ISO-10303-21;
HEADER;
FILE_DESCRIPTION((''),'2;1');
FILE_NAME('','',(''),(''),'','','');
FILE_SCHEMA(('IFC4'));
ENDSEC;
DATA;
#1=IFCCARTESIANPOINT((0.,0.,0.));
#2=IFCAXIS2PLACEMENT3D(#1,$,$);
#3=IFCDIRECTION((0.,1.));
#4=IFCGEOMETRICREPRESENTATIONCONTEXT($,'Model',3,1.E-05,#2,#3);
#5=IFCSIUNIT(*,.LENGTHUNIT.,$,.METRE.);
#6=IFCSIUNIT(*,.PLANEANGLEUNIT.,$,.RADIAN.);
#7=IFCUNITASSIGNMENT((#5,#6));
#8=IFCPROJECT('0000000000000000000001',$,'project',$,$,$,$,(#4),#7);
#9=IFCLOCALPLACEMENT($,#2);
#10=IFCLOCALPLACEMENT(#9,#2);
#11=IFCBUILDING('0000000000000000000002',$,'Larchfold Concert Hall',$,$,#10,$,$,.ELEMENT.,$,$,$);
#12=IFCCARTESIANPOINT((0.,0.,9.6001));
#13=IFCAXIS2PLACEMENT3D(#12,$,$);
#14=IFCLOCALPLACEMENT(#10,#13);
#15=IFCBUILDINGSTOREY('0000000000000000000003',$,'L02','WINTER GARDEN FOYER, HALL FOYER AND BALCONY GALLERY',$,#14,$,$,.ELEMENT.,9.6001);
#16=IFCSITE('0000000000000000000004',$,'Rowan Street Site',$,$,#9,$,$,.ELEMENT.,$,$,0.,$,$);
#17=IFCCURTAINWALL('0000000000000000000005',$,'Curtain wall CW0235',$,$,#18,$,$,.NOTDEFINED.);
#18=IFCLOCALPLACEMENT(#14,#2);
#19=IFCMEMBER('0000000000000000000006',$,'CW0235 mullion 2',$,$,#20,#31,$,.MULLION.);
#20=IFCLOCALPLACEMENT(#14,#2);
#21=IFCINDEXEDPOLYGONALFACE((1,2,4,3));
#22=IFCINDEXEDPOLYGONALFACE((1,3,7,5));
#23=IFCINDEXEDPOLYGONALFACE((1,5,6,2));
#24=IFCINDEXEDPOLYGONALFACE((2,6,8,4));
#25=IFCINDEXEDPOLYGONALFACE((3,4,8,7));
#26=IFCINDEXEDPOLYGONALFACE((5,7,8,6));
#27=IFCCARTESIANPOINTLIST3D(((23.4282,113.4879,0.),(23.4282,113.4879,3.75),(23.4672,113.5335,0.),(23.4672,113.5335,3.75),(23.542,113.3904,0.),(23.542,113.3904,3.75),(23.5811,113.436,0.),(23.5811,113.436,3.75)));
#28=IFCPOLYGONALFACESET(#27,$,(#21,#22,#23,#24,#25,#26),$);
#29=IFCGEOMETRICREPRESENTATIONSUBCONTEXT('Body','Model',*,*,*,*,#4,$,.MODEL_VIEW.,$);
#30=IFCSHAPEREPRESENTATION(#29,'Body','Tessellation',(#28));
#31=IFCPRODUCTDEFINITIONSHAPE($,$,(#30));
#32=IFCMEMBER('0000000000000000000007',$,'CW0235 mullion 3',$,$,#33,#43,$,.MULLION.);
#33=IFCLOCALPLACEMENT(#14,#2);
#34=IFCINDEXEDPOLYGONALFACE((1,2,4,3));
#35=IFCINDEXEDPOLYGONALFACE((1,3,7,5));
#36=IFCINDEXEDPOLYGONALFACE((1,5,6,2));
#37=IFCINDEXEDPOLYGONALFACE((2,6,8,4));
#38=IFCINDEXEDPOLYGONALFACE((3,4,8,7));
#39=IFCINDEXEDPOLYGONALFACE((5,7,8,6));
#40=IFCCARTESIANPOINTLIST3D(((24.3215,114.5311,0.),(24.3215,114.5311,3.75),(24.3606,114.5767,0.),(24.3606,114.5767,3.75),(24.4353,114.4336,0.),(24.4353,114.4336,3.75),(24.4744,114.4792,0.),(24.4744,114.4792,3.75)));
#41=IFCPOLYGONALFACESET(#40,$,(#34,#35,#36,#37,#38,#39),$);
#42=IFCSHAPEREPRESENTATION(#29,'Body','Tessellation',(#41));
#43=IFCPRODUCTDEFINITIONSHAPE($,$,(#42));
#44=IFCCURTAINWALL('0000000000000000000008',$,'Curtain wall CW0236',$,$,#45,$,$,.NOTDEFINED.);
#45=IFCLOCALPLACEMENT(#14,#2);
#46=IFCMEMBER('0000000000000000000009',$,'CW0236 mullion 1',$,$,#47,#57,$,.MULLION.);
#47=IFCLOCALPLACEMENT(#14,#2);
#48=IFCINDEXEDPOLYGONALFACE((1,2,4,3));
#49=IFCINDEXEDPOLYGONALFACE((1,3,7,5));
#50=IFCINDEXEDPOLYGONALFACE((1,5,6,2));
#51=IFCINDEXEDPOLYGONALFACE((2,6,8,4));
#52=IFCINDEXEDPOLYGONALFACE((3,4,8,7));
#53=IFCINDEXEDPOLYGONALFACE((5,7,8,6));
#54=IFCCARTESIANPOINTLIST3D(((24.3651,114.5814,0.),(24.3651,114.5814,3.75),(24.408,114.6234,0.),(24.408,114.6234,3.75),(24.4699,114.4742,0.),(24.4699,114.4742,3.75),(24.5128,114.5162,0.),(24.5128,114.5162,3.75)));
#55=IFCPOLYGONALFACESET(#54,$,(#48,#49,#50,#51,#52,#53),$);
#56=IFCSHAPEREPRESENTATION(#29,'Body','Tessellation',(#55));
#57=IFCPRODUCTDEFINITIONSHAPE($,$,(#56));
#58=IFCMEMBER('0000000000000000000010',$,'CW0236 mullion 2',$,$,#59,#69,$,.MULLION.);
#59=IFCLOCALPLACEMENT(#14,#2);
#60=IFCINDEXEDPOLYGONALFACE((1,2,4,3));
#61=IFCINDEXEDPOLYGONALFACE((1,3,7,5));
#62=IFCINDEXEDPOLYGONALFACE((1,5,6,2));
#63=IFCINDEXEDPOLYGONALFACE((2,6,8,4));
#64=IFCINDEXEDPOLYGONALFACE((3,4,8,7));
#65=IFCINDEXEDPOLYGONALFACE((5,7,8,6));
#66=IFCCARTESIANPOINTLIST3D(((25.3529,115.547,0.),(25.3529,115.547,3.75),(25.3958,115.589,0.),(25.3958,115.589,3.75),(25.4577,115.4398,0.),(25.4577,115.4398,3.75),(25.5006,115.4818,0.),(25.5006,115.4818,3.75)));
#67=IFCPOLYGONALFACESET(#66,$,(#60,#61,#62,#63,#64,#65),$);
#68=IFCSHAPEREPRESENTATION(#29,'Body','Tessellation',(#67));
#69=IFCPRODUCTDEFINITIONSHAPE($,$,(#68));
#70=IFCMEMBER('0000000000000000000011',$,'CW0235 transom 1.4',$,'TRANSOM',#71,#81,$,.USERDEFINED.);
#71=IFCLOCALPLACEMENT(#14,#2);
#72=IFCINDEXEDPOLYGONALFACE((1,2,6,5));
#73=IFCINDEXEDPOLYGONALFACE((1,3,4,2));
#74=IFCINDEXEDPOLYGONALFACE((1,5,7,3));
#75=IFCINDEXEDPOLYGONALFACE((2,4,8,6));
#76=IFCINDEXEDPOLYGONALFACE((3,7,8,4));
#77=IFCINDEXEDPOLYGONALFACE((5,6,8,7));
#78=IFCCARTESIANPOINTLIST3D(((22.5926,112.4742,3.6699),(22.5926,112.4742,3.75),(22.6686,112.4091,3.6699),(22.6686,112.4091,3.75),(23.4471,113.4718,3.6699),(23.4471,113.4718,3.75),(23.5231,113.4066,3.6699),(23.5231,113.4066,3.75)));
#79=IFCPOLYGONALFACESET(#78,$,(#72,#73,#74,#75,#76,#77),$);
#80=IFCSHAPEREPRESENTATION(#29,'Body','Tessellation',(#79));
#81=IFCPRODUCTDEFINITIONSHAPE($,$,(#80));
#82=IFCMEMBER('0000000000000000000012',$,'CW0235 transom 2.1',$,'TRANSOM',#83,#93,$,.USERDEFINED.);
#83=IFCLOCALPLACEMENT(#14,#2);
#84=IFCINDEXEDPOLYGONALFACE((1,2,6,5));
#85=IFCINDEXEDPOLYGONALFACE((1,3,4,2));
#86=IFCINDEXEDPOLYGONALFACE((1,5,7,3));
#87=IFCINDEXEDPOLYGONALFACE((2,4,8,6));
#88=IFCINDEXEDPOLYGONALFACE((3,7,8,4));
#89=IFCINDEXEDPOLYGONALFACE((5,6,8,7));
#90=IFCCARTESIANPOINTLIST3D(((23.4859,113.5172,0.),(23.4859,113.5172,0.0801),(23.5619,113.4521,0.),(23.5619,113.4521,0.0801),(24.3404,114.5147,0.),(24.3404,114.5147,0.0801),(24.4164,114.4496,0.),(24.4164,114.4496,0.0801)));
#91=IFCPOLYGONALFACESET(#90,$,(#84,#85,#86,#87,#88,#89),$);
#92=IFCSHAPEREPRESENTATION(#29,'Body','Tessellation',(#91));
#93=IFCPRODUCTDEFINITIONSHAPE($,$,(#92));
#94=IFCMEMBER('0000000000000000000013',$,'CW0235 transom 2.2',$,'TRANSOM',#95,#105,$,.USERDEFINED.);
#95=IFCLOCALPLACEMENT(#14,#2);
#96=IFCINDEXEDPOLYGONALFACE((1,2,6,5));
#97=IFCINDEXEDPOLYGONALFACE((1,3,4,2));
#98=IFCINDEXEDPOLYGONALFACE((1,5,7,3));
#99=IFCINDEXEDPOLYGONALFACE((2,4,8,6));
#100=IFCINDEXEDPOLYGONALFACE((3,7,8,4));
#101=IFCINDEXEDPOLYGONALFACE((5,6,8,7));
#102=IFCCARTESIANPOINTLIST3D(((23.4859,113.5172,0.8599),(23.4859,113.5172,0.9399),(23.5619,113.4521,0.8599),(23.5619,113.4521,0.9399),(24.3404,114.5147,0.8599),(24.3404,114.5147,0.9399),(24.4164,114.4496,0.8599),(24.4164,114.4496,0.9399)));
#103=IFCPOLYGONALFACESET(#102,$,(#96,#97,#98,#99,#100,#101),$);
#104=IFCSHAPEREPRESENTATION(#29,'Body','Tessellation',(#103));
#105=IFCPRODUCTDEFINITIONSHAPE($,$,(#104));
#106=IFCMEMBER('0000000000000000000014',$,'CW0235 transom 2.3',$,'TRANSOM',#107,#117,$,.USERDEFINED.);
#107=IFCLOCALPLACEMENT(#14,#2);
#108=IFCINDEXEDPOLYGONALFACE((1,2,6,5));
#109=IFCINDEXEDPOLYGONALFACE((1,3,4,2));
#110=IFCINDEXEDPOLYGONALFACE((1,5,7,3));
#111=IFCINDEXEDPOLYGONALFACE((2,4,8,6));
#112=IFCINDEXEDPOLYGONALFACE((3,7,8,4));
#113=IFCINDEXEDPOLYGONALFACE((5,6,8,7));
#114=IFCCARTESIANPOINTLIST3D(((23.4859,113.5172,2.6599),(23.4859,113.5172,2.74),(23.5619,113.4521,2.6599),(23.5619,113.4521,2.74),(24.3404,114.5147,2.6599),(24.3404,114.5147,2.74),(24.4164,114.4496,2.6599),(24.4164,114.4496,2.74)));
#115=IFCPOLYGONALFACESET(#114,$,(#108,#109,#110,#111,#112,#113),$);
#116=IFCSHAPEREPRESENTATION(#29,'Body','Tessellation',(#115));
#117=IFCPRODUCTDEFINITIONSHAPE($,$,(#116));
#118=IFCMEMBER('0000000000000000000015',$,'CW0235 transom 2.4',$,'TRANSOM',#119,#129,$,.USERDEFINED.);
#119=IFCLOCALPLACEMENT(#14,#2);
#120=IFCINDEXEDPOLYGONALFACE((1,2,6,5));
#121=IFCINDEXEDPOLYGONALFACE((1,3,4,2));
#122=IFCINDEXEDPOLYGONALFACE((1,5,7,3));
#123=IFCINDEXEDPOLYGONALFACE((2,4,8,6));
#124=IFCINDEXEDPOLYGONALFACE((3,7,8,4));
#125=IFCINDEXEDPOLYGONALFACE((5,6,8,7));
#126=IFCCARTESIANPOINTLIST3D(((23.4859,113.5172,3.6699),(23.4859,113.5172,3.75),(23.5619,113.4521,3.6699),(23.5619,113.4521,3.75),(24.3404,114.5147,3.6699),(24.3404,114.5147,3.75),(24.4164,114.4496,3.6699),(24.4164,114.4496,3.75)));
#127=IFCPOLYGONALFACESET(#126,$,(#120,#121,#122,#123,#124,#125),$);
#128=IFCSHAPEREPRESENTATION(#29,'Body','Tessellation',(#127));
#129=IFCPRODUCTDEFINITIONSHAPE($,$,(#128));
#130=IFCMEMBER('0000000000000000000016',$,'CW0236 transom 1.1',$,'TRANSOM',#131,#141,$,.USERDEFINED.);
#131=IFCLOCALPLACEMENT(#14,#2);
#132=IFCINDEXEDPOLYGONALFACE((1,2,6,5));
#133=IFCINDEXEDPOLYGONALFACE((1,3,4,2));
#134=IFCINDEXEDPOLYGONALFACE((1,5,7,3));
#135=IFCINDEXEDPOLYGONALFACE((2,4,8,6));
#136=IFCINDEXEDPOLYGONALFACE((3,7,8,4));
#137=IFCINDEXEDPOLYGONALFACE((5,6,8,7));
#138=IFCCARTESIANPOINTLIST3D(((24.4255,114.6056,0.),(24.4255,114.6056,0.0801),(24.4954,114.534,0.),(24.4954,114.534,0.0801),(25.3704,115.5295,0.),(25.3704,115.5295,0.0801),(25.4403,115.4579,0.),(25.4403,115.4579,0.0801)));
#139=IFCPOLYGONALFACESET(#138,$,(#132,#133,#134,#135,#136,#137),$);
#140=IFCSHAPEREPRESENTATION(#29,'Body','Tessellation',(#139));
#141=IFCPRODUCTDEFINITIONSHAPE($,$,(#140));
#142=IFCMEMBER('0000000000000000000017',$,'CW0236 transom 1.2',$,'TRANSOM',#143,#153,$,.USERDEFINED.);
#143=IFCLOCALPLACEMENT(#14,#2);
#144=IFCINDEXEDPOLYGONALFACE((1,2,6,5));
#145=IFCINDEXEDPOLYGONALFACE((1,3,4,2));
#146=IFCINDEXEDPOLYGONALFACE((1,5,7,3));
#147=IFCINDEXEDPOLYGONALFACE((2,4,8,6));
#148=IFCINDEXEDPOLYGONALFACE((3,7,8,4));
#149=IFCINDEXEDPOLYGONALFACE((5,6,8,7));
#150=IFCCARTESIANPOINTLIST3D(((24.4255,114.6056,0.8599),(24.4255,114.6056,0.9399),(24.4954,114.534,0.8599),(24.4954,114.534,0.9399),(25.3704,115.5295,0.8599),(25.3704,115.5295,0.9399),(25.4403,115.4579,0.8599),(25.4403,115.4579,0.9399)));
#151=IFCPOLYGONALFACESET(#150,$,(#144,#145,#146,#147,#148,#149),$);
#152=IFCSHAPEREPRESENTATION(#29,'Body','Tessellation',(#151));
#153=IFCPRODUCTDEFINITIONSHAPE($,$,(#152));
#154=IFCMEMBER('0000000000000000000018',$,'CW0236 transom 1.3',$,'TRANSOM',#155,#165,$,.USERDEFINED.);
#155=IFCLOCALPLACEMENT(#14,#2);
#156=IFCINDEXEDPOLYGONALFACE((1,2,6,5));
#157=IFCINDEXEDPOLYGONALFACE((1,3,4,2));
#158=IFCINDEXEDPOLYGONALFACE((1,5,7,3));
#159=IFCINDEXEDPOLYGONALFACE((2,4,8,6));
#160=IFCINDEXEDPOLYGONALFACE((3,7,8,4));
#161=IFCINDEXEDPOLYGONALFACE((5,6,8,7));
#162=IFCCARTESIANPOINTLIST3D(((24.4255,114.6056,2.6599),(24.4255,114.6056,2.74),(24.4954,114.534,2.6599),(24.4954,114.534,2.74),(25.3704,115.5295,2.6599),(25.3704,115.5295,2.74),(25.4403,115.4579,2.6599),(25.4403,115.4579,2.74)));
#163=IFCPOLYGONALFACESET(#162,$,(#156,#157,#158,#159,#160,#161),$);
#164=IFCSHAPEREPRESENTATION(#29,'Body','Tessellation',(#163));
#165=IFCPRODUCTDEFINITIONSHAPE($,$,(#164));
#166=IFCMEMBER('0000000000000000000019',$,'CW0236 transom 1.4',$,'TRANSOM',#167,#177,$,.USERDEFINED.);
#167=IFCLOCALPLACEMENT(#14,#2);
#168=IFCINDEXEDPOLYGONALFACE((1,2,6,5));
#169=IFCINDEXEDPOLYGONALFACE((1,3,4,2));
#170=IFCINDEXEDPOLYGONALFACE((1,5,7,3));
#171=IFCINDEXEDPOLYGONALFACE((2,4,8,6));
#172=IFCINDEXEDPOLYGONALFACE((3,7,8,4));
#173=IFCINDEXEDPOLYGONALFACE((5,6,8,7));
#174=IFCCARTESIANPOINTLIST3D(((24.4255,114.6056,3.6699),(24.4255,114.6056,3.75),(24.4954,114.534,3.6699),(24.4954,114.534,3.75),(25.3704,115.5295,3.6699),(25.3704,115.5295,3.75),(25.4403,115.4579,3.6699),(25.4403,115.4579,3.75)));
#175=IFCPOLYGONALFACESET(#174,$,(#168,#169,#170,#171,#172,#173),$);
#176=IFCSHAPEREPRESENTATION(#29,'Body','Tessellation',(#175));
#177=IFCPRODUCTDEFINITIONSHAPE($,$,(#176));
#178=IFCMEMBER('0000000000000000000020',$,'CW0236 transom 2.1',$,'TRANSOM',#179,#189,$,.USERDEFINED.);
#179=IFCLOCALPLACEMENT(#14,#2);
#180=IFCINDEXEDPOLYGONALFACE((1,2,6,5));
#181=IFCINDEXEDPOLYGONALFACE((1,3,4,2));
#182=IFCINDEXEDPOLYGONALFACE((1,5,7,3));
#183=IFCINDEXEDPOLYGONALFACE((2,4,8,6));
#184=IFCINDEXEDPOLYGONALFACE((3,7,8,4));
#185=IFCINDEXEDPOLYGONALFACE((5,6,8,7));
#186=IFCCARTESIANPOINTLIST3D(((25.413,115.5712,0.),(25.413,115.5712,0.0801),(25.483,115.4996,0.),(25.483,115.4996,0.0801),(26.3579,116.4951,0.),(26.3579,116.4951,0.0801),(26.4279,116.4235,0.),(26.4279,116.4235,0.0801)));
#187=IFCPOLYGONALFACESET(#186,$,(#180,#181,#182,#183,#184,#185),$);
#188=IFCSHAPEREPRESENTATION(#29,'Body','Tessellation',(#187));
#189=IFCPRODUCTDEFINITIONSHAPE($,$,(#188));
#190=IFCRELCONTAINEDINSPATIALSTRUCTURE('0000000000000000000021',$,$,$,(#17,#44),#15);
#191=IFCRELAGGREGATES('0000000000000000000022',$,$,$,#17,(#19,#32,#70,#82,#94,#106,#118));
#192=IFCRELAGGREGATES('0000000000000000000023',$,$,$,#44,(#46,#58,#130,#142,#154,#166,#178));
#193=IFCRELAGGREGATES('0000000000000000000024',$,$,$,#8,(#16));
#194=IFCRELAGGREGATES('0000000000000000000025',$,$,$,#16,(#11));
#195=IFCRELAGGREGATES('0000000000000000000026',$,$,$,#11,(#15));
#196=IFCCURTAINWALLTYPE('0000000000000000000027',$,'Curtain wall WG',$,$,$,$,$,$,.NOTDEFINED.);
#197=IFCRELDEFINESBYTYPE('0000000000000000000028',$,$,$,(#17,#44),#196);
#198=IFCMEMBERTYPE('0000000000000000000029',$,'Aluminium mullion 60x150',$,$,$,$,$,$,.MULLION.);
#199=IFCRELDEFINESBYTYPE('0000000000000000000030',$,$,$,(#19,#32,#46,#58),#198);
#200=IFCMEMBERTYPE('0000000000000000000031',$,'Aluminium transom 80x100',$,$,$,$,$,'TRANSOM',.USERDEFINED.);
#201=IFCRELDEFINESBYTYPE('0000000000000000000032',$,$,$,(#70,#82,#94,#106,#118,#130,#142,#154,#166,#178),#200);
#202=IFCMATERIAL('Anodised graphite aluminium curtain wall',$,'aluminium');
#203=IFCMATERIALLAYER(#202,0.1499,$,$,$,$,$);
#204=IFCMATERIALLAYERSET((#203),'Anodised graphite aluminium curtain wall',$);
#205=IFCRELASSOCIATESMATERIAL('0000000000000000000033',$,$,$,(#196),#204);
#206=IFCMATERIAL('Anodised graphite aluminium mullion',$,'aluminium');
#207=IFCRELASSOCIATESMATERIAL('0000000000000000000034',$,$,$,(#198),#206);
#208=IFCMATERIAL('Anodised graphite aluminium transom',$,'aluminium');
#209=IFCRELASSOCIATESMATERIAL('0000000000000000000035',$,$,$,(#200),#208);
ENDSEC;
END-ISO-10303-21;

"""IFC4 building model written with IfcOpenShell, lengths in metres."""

from ifc_helpers import new_model, si_unit, direction, frame, origin, origin_2d, place, context, subcontext, project, spatial, rectangle, extrude, material, layer, layer_set, material_profile, profile_set, type_object, element, aggregate, save


model = new_model("IFC4")

# Units and contexts
model_context = context("Model", 3, precision=1e-05, world=origin(), true_north=direction((0.0, 1.0)))
body_context = subcontext(model_context, "Body", "Model", "MODEL_VIEW")
ifc_project = project(units=[si_unit("LENGTHUNIT", "METRE"), si_unit("PLANEANGLEUNIT", "RADIAN")], contexts=[model_context])

# Site, building, storey
site_placement = place(None, origin())
site = spatial("IfcSite", under=ifc_project, at=site_placement, Name="Rowan Street Site", CompositionType="ELEMENT", RefElevation=0.0)
building_placement = place(site_placement, origin())
building = spatial("IfcBuilding", under=site, at=building_placement, Name="Larchfold Concert Hall", CompositionType="ELEMENT")
storey_placement = place(building_placement, frame((0.0, 0.0, 9.6001)))
storey = spatial("IfcBuildingStorey", under=building, at=storey_placement, Name="L02", Description="WINTER GARDEN FOYER, HALL FOYER AND BALCONY GALLERY", CompositionType="ELEMENT", Elevation=9.6001)

# Curtain walls, members
ifc_material_1 = material(Name="Anodised graphite aluminium curtain wall", Category="aluminium")
ifc_layer_1 = layer(ifc_material_1, 0.1499)
ifc_layer_set_1 = layer_set([ifc_layer_1], Name="Anodised graphite aluminium curtain wall")
curtain_wall_type = type_object("IfcCurtainWallType", Name="Curtain wall WG", PredefinedType="NOTDEFINED", material=ifc_layer_set_1)
curtain_wall_1_placement = place(storey_placement, origin())
curtain_wall_1 = element("IfcCurtainWall", 1, at=curtain_wall_1_placement, inside=storey, type_object=curtain_wall_type, Name="Curtain wall CW0235", PredefinedType="NOTDEFINED")
ifc_material_2 = material(Name="Anodised graphite aluminium mullion", Category="aluminium")
ifc_material_profile_1 = material_profile(ifc_material_2, rectangle(XDim=0.1499, YDim=0.0601, at=origin_2d()))
ifc_profile_set_1 = profile_set([ifc_material_profile_1], Name="Anodised graphite aluminium mullion")
member_type_1 = type_object("IfcMemberType", Name="Aluminium mullion 60x150", PredefinedType="MULLION", material=ifc_profile_set_1)
member_1_placement = place(storey_placement, frame((23.5046, 113.4619, 0.0), z_axis=(0.0, 0.0, 1.0), x_axis=(-0.759496, 0.650512, 0.0)))
member_1 = element("IfcMember", 2, at=member_1_placement, type_object=member_type_1, Name="CW0235 mullion 2", PredefinedType="MULLION", context=body_context, shape_type="SweptSolid", body=[
    extrude(rectangle(XDim=0.1499, YDim=0.0601, at=origin_2d()), origin(), (0.0, 0.0, 1.0), 3.75),
])
member_2_placement = place(storey_placement, frame((24.3979, 114.5051, 0.0), z_axis=(0.0, 0.0, 1.0), x_axis=(-0.759496, 0.650512, 0.0)))
member_2 = element("IfcMember", 3, at=member_2_placement, type_object=member_type_1, Name="CW0235 mullion 3", PredefinedType="MULLION", context=body_context, shape_type="SweptSolid", body=[
    extrude(rectangle(XDim=0.1499, YDim=0.0601, at=origin_2d()), origin(), (0.0, 0.0, 1.0), 3.75),
])
curtain_wall_2_placement = place(storey_placement, origin())
curtain_wall_2 = element("IfcCurtainWall", 4, at=curtain_wall_2_placement, inside=storey, type_object=curtain_wall_type, Name="Curtain wall CW0236", PredefinedType="NOTDEFINED")
member_3_placement = place(storey_placement, frame((24.439, 114.5488, 0.0), z_axis=(0.0, 0.0, 1.0), x_axis=(-0.699105, 0.715019, 0.0)))
member_3 = element("IfcMember", 5, at=member_3_placement, type_object=member_type_1, Name="CW0236 mullion 1", PredefinedType="MULLION", context=body_context, shape_type="SweptSolid", body=[
    extrude(rectangle(XDim=0.1499, YDim=0.0601, at=origin_2d()), origin(), (0.0, 0.0, 1.0), 3.75),
])
member_4_placement = place(storey_placement, frame((25.4268, 115.5144, 0.0), z_axis=(0.0, 0.0, 1.0), x_axis=(-0.699105, 0.715019, 0.0)))
member_4 = element("IfcMember", 6, at=member_4_placement, type_object=member_type_1, Name="CW0236 mullion 2", PredefinedType="MULLION", context=body_context, shape_type="SweptSolid", body=[
    extrude(rectangle(XDim=0.1499, YDim=0.0601, at=origin_2d()), origin(), (0.0, 0.0, 1.0), 3.75),
])

# Members
ifc_material_3 = material(Name="Anodised graphite aluminium transom", Category="aluminium")
ifc_material_profile_2 = material_profile(ifc_material_3, rectangle(XDim=0.1001, YDim=0.0801, at=origin_2d()))
ifc_profile_set_2 = profile_set([ifc_material_profile_2], Name="Anodised graphite aluminium transom")
member_type_2 = type_object("IfcMemberType", Name="Aluminium transom 80x100", ElementType="TRANSOM", PredefinedType="USERDEFINED", material=ifc_profile_set_2)
member_5_placement = place(storey_placement, frame((22.6306, 112.4417, 3.71), z_axis=(0.650546, 0.759466, 0.0), x_axis=(-0.759466, 0.650546, 0.0)))
member_5 = element("IfcMember", 7, at=member_5_placement, type_object=member_type_2, Name="CW0235 transom 1.4", ObjectType="TRANSOM", PredefinedType="USERDEFINED", context=body_context, shape_type="SweptSolid", body=[
    extrude(rectangle(XDim=0.1001, YDim=0.0801, at=origin_2d()), origin(), (0.0, 0.0, 1.0), 1.3135),
])
member_6_placement = place(storey_placement, frame((23.5239, 113.4846, 0.04), z_axis=(0.650546, 0.759466, 0.0), x_axis=(-0.759466, 0.650546, 0.0)))
member_6 = element("IfcMember", 8, at=member_6_placement, type_object=member_type_2, Name="CW0235 transom 2.1", ObjectType="TRANSOM", PredefinedType="USERDEFINED", context=body_context, shape_type="SweptSolid", body=[
    extrude(rectangle(XDim=0.1001, YDim=0.0801, at=origin_2d()), origin(), (0.0, 0.0, 1.0), 1.3135),
])
member_7_placement = place(storey_placement, frame((23.5239, 113.4846, 0.8999), z_axis=(0.650546, 0.759466, 0.0), x_axis=(-0.759466, 0.650546, 0.0)))
member_7 = element("IfcMember", 9, at=member_7_placement, type_object=member_type_2, Name="CW0235 transom 2.2", ObjectType="TRANSOM", PredefinedType="USERDEFINED", context=body_context, shape_type="SweptSolid", body=[
    extrude(rectangle(XDim=0.1001, YDim=0.0801, at=origin_2d()), origin(), (0.0, 0.0, 1.0), 1.3135),
])
member_8_placement = place(storey_placement, frame((23.5239, 113.4846, 2.7), z_axis=(0.650546, 0.759466, 0.0), x_axis=(-0.759466, 0.650546, 0.0)))
member_8 = element("IfcMember", 10, at=member_8_placement, type_object=member_type_2, Name="CW0235 transom 2.3", ObjectType="TRANSOM", PredefinedType="USERDEFINED", context=body_context, shape_type="SweptSolid", body=[
    extrude(rectangle(XDim=0.1001, YDim=0.0801, at=origin_2d()), origin(), (0.0, 0.0, 1.0), 1.3135),
])
member_9_placement = place(storey_placement, frame((23.5239, 113.4846, 3.71), z_axis=(0.650546, 0.759466, 0.0), x_axis=(-0.759466, 0.650546, 0.0)))
member_9 = element("IfcMember", 11, at=member_9_placement, type_object=member_type_2, Name="CW0235 transom 2.4", ObjectType="TRANSOM", PredefinedType="USERDEFINED", context=body_context, shape_type="SweptSolid", body=[
    extrude(rectangle(XDim=0.1001, YDim=0.0801, at=origin_2d()), origin(), (0.0, 0.0, 1.0), 1.3135),
])
member_10_placement = place(storey_placement, frame((24.4604, 114.5698, 0.04), z_axis=(0.715007, 0.699118, 0.0), x_axis=(-0.699118, 0.715007, 0.0)))
member_10 = element("IfcMember", 12, at=member_10_placement, type_object=member_type_2, Name="CW0236 transom 1.1", ObjectType="TRANSOM", PredefinedType="USERDEFINED", context=body_context, shape_type="SweptSolid", body=[
    extrude(rectangle(XDim=0.1001, YDim=0.0801, at=origin_2d()), origin(), (0.0, 0.0, 1.0), 1.3215),
])
member_11_placement = place(storey_placement, frame((24.4604, 114.5698, 0.8999), z_axis=(0.715007, 0.699118, 0.0), x_axis=(-0.699118, 0.715007, 0.0)))
member_11 = element("IfcMember", 13, at=member_11_placement, type_object=member_type_2, Name="CW0236 transom 1.2", ObjectType="TRANSOM", PredefinedType="USERDEFINED", context=body_context, shape_type="SweptSolid", body=[
    extrude(rectangle(XDim=0.1001, YDim=0.0801, at=origin_2d()), origin(), (0.0, 0.0, 1.0), 1.3215),
])
member_12_placement = place(storey_placement, frame((24.4604, 114.5698, 2.7), z_axis=(0.715007, 0.699118, 0.0), x_axis=(-0.699118, 0.715007, 0.0)))
member_12 = element("IfcMember", 14, at=member_12_placement, type_object=member_type_2, Name="CW0236 transom 1.3", ObjectType="TRANSOM", PredefinedType="USERDEFINED", context=body_context, shape_type="SweptSolid", body=[
    extrude(rectangle(XDim=0.1001, YDim=0.0801, at=origin_2d()), origin(), (0.0, 0.0, 1.0), 1.3215),
])
member_13_placement = place(storey_placement, frame((24.4604, 114.5698, 3.71), z_axis=(0.715007, 0.699118, 0.0), x_axis=(-0.699118, 0.715007, 0.0)))
member_13 = element("IfcMember", 15, at=member_13_placement, type_object=member_type_2, Name="CW0236 transom 1.4", ObjectType="TRANSOM", PredefinedType="USERDEFINED", context=body_context, shape_type="SweptSolid", body=[
    extrude(rectangle(XDim=0.1001, YDim=0.0801, at=origin_2d()), origin(), (0.0, 0.0, 1.0), 1.3215),
])
member_14_placement = place(storey_placement, frame((25.448, 115.5354, 0.04), z_axis=(0.715007, 0.699118, 0.0), x_axis=(-0.699118, 0.715007, 0.0)))
member_14 = element("IfcMember", 16, at=member_14_placement, type_object=member_type_2, Name="CW0236 transom 2.1", ObjectType="TRANSOM", PredefinedType="USERDEFINED", context=body_context, shape_type="SweptSolid", body=[
    extrude(rectangle(XDim=0.1001, YDim=0.0801, at=origin_2d()), origin(), (0.0, 0.0, 1.0), 1.3215),
])

aggregate(curtain_wall_1, [member_1, member_2, member_5, member_6, member_7, member_8, member_9])
aggregate(curtain_wall_2, [member_3, member_4, member_10, member_11, member_12, member_13, member_14])

save(model, "model.ifc")
